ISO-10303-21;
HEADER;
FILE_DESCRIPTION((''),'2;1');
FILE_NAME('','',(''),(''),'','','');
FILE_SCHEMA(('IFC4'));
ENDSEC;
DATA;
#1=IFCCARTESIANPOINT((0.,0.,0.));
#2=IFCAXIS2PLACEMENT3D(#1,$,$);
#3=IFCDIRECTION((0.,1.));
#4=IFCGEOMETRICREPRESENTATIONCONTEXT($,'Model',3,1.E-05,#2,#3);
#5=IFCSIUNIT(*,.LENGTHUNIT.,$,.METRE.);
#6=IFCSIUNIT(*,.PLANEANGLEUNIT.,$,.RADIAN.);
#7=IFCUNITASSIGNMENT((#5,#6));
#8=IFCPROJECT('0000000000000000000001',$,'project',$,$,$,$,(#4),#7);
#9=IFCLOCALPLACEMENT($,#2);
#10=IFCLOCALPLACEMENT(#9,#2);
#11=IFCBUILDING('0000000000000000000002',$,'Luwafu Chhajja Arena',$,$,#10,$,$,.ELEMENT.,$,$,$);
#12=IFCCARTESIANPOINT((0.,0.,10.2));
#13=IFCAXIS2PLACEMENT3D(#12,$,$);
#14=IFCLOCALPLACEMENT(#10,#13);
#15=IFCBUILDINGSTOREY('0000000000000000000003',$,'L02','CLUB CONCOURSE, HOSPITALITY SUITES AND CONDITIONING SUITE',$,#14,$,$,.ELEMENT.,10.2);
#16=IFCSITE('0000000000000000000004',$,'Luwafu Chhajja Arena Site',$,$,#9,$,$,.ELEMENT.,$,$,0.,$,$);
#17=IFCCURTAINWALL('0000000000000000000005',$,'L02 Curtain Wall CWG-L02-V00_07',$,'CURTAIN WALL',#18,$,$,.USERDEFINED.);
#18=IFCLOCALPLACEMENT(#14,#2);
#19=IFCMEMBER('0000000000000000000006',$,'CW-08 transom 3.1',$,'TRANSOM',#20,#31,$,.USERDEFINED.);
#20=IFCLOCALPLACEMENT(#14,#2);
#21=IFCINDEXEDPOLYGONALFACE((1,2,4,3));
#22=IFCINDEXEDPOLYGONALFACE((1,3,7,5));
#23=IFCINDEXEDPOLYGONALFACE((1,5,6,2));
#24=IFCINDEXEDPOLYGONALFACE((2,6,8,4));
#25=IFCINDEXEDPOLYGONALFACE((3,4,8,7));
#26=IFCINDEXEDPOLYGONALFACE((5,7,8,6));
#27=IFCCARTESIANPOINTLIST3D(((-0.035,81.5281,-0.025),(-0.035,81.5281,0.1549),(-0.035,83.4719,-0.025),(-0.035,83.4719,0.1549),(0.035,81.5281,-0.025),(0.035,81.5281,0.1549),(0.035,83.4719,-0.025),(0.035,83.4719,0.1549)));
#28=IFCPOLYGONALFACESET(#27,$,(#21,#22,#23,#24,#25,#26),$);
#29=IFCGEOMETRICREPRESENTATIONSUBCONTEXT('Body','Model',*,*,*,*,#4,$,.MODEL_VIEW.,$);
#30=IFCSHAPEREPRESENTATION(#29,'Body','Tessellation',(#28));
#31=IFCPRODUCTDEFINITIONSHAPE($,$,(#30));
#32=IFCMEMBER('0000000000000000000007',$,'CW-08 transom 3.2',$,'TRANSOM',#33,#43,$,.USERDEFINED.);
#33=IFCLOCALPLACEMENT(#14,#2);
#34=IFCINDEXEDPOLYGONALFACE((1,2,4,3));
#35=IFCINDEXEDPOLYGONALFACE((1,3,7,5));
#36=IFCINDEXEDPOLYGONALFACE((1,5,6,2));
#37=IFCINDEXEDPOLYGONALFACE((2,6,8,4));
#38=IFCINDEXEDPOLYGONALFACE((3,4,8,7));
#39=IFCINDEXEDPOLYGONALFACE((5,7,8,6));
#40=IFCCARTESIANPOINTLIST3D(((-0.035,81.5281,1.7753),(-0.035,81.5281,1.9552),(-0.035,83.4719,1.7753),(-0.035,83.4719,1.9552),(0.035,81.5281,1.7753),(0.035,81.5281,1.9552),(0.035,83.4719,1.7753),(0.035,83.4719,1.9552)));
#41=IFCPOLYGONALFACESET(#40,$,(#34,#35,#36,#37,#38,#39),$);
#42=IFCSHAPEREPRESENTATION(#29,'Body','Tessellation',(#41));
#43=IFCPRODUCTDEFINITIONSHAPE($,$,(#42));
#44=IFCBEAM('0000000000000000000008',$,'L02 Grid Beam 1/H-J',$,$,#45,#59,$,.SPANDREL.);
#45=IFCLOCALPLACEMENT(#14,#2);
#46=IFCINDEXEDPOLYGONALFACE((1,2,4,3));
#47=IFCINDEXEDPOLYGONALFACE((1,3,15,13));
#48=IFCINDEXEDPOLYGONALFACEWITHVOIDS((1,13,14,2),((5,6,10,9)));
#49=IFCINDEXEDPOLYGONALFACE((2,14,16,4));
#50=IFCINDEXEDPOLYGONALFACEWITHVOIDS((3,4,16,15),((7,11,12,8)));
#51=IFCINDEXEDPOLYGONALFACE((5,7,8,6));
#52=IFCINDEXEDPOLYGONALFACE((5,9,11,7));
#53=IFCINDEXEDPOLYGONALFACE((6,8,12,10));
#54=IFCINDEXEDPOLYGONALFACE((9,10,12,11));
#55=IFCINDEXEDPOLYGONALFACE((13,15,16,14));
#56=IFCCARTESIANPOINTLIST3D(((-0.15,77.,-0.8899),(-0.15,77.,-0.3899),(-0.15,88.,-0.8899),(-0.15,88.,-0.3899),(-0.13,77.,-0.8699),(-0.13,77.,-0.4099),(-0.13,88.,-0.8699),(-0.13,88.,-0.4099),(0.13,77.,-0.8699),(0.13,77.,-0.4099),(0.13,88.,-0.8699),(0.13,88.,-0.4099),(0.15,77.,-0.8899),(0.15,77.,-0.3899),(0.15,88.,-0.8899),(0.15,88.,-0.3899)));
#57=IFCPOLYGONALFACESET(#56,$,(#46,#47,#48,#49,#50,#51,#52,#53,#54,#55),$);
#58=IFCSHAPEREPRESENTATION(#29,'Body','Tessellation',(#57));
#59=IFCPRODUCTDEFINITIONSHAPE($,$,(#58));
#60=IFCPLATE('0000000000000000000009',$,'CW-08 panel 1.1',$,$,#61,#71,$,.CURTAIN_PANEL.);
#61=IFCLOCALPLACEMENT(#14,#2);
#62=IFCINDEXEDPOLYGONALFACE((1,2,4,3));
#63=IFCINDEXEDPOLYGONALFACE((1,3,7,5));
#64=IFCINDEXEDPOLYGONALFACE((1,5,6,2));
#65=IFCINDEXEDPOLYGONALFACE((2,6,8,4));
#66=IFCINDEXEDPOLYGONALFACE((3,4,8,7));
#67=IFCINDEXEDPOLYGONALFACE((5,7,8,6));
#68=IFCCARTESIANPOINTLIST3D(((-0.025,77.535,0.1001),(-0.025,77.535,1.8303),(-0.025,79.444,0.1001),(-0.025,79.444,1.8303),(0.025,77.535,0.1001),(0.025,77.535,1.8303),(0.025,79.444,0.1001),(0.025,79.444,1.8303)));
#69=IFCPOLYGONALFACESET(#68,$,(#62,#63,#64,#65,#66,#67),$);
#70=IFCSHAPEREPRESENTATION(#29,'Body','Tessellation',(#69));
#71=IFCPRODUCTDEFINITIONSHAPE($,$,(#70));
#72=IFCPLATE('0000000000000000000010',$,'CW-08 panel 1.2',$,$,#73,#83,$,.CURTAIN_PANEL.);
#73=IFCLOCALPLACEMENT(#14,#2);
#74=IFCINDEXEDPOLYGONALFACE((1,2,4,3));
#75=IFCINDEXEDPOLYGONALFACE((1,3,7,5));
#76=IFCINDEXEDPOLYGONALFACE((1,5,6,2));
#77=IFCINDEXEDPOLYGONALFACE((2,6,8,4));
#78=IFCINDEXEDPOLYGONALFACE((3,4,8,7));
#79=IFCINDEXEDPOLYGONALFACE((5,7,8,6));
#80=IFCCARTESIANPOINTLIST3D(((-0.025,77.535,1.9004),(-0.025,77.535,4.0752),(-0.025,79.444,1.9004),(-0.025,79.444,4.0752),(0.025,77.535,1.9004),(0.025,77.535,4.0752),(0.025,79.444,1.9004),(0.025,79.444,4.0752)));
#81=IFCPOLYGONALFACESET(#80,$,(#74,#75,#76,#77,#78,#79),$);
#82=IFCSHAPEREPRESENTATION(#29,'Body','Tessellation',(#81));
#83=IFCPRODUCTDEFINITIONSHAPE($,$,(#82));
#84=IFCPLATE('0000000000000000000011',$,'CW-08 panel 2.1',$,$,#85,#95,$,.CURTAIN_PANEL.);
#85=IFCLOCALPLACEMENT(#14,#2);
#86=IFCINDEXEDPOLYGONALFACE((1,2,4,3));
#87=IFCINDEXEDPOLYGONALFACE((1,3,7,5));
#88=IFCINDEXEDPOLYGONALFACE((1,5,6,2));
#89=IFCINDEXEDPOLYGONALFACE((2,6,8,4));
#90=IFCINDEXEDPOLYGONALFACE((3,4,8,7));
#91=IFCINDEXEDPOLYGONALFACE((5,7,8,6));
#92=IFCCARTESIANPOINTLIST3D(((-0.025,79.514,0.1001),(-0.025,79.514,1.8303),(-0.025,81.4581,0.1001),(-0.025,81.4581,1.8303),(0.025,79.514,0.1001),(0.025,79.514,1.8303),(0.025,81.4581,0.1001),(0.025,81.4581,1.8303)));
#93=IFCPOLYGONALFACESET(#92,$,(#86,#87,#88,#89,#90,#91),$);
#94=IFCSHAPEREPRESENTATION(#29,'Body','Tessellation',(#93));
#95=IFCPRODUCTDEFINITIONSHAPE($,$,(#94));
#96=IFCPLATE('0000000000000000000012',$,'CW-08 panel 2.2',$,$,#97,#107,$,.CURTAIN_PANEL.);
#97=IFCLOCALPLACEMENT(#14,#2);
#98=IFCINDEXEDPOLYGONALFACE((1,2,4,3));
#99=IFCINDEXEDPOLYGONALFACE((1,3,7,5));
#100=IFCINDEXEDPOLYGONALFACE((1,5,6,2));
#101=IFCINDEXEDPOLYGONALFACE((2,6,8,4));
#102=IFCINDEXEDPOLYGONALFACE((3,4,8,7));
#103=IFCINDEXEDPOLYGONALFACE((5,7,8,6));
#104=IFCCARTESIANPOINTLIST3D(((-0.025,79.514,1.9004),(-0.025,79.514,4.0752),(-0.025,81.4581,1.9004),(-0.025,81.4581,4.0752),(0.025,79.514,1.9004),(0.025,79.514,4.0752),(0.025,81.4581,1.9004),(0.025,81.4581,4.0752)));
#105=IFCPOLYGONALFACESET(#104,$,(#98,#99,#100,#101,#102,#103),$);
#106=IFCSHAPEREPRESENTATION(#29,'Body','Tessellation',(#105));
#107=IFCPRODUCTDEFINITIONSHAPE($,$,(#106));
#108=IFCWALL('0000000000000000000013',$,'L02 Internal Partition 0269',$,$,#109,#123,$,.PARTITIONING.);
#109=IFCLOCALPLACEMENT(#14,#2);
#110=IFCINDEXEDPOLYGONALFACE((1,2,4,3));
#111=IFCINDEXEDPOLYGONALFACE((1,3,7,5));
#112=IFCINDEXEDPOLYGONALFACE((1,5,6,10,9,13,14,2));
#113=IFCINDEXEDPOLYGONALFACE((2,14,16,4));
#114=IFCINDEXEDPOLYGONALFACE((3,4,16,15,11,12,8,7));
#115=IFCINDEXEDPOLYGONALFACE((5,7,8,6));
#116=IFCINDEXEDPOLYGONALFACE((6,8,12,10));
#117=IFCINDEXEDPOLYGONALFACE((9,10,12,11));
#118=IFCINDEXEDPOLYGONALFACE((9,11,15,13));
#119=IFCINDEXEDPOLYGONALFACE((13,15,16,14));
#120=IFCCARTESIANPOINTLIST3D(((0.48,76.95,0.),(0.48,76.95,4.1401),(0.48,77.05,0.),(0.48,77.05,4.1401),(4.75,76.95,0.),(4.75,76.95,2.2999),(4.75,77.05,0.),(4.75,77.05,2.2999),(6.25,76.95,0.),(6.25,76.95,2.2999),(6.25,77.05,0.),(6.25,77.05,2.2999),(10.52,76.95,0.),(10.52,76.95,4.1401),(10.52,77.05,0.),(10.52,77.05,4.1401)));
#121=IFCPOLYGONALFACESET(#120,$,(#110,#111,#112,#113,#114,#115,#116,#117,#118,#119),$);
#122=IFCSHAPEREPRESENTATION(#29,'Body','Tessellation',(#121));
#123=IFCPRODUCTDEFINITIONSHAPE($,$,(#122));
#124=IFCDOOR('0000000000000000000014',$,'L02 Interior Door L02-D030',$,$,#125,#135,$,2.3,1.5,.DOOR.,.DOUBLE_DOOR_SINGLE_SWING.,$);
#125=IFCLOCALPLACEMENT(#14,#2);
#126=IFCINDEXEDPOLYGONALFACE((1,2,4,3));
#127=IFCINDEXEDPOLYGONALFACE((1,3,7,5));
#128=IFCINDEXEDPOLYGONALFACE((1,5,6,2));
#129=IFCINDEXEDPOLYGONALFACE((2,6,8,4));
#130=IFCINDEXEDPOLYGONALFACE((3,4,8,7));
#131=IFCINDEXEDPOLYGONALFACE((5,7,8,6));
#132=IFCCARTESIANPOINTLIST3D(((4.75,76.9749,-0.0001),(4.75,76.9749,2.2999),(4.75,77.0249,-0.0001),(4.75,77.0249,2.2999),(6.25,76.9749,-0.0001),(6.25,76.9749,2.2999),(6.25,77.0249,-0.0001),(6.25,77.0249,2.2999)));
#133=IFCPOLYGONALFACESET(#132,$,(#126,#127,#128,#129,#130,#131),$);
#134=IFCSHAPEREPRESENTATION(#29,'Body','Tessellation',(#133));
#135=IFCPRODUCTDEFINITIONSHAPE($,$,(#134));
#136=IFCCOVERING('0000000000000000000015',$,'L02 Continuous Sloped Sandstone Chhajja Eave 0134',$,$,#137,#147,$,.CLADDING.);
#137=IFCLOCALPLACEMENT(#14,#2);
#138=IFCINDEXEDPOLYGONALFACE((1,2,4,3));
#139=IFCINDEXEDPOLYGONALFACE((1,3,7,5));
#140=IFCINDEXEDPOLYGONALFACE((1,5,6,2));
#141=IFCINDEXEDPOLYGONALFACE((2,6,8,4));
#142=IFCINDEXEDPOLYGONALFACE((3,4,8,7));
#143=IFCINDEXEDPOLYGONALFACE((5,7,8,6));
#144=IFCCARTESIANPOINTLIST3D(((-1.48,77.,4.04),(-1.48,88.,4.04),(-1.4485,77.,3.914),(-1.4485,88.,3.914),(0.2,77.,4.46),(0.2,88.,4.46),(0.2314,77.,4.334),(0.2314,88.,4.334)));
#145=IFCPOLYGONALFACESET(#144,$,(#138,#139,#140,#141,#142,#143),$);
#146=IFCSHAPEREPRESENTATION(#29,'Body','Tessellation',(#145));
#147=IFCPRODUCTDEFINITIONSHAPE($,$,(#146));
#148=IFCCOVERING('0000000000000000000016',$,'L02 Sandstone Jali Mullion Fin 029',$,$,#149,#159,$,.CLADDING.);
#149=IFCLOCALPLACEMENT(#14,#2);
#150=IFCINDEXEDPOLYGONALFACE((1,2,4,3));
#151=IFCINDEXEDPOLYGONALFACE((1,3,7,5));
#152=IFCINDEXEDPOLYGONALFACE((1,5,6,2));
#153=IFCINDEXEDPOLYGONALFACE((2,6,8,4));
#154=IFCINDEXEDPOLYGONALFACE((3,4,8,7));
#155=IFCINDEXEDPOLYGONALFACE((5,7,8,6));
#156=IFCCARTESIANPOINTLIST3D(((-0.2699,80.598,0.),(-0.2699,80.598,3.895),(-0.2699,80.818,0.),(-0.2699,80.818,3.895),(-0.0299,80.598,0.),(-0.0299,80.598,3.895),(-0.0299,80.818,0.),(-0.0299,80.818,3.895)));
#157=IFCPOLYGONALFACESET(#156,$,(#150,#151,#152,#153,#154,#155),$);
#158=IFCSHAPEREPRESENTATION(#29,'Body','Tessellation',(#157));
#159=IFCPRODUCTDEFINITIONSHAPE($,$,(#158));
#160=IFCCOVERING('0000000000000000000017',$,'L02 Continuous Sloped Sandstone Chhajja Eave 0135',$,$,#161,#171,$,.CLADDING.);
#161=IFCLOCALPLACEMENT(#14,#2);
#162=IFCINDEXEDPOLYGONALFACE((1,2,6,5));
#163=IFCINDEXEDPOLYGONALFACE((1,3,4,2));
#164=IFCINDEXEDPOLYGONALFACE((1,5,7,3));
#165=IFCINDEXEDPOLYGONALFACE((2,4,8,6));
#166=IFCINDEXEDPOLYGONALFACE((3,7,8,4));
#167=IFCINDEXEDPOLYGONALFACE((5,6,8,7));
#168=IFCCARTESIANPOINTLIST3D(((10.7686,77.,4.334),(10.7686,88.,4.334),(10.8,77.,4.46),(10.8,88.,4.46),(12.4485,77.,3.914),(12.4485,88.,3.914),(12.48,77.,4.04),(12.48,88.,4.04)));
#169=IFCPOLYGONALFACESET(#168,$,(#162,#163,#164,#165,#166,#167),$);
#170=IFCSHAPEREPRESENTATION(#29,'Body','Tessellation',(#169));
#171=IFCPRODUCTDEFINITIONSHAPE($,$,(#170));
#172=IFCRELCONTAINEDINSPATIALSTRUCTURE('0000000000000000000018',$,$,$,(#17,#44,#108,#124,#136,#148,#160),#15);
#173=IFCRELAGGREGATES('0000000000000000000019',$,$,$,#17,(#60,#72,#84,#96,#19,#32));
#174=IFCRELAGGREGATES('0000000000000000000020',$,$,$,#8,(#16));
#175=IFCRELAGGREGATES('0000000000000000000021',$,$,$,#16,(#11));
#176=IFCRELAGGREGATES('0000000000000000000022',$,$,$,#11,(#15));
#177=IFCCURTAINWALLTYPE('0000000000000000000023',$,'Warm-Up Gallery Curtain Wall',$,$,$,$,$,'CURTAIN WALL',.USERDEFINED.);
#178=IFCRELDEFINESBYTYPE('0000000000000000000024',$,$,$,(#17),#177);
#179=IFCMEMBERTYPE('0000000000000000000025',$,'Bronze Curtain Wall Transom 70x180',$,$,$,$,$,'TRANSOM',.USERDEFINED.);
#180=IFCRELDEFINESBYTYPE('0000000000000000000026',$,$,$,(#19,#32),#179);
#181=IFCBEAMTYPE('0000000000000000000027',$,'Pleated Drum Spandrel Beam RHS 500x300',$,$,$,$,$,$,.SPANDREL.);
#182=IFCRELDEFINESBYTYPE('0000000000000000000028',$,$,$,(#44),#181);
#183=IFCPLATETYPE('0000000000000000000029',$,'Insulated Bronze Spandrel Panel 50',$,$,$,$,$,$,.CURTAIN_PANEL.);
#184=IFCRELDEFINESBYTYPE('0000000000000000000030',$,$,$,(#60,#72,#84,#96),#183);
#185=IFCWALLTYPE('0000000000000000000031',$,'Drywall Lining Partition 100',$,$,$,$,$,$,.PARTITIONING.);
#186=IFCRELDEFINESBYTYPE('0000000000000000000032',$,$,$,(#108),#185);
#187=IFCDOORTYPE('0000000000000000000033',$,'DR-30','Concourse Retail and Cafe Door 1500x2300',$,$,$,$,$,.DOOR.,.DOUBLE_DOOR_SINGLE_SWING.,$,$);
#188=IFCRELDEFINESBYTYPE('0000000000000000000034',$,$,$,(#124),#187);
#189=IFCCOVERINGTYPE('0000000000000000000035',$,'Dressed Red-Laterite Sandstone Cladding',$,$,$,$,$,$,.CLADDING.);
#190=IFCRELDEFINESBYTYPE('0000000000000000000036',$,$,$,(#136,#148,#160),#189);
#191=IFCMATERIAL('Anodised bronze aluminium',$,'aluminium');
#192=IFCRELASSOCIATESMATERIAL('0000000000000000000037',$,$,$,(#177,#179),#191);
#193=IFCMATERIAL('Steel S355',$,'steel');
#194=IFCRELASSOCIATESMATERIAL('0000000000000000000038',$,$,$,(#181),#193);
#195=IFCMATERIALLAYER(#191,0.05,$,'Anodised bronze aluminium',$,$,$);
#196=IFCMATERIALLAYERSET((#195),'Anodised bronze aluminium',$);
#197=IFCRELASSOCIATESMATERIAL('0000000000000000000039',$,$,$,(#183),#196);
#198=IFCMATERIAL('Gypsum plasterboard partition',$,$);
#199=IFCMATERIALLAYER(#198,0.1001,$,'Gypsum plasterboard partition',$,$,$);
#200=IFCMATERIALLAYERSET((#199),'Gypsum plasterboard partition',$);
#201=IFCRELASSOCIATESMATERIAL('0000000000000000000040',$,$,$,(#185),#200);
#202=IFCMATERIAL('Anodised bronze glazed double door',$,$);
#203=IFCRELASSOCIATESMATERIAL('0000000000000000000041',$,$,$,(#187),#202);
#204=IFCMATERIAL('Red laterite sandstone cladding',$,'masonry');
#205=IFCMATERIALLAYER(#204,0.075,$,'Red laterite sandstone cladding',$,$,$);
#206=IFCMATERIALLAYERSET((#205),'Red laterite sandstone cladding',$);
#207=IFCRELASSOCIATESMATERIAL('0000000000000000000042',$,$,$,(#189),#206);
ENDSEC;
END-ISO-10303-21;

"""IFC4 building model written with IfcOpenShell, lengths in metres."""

from ifc_helpers import new_model, si_unit, direction, frame, frame_2d, origin, origin_2d, place, context, subcontext, project, spatial, polyline, rectangle, hollow_rectangle, outline, extrude, material, layer, layer_set, material_profile, profile_set, type_object, element, fill, aggregate, save


model = new_model("IFC4")

# Units and contexts
model_context = context("Model", 3, precision=1e-05, world=origin(), true_north=direction((0.0, 1.0)))
body_context = subcontext(model_context, "Body", "Model", "MODEL_VIEW")
ifc_project = project(units=[si_unit("LENGTHUNIT", "METRE"), si_unit("PLANEANGLEUNIT", "RADIAN")], contexts=[model_context])

# Site, building, storey
site_placement = place(None, origin())
site = spatial("IfcSite", under=ifc_project, at=site_placement, Name="Luwafu Chhajja Arena Site", CompositionType="ELEMENT", RefElevation=0.0)
building_placement = place(site_placement, origin())
building = spatial("IfcBuilding", under=site, at=building_placement, Name="Luwafu Chhajja Arena", CompositionType="ELEMENT")
storey_placement = place(building_placement, frame((0.0, 0.0, 10.2)))
storey = spatial("IfcBuildingStorey", under=building, at=storey_placement, Name="L02", Description="CLUB CONCOURSE, HOSPITALITY SUITES AND CONDITIONING SUITE", CompositionType="ELEMENT", Elevation=10.2)

# Shared definitions
ifc_material_1 = material(Name="Anodised bronze aluminium", Category="aluminium")

# Curtain wall
curtain_wall_type_1 = type_object("IfcCurtainWallType", Name="Warm-Up Gallery Curtain Wall", ElementType="CURTAIN WALL", PredefinedType="USERDEFINED", material=ifc_material_1)
curtain_wall_1_placement = place(storey_placement, origin())
curtain_wall_1 = element("IfcCurtainWall", 1, at=curtain_wall_1_placement, inside=storey, type_object=curtain_wall_type_1, Name="L02 Curtain Wall CWG-L02-V00_07", ObjectType="CURTAIN WALL", PredefinedType="USERDEFINED")

# Members
ifc_material_profile_1 = material_profile(ifc_material_1, rectangle(XDim=0.0701, YDim=0.1799, at=origin_2d()), Name="CWT 70x180")
ifc_profile_set_1 = profile_set([ifc_material_profile_1], Name="Anodised bronze aluminium")
member_type_1 = type_object("IfcMemberType", Name="Bronze Curtain Wall Transom 70x180", ElementType="TRANSOM", PredefinedType="USERDEFINED", material=ifc_profile_set_1)
member_1_placement = place(storey_placement, frame((0.0, 81.5281, 0.0649), z_axis=(0.0, 1.0, 0.0), x_axis=(-1.0, 0.0, 0.0)))
member_1 = element("IfcMember", 2, at=member_1_placement, type_object=member_type_1, Name="CW-08 transom 3.1", ObjectType="TRANSOM", PredefinedType="USERDEFINED", context=body_context, shape_type="SweptSolid", body=[
    extrude(rectangle(XDim=0.0701, YDim=0.1799, at=origin_2d()), origin(), (0.0, 0.0, 1.0), 1.9438),
])
member_2_placement = place(storey_placement, frame((0.0, 81.5281, 1.8652), z_axis=(0.0, 1.0, 0.0), x_axis=(-1.0, 0.0, 0.0)))
member_2 = element("IfcMember", 3, at=member_2_placement, type_object=member_type_1, Name="CW-08 transom 3.2", ObjectType="TRANSOM", PredefinedType="USERDEFINED", context=body_context, shape_type="SweptSolid", body=[
    extrude(rectangle(XDim=0.0701, YDim=0.1799, at=origin_2d()), origin(), (0.0, 0.0, 1.0), 1.9438),
])

# Beam
ifc_material_2 = material(Name="Steel S355", Category="steel")
ifc_material_profile_2 = material_profile(ifc_material_2, hollow_rectangle(XDim=0.3, YDim=0.5, WallThickness=0.02, at=origin_2d()), Name="RHS 500x300x20")
ifc_profile_set_2 = profile_set([ifc_material_profile_2], Name="Steel S355")
beam_type = type_object("IfcBeamType", Name="Pleated Drum Spandrel Beam RHS 500x300", PredefinedType="SPANDREL", material=ifc_profile_set_2)
beam_placement = place(storey_placement, frame((0.0, 77.0, -0.6399), z_axis=(0.0, 1.0, 0.0), x_axis=(-1.0, 0.0, 0.0)))
element("IfcBeam", 4, at=beam_placement, inside=storey, type_object=beam_type, Name="L02 Grid Beam 1/H-J", PredefinedType="SPANDREL", context=body_context, shape_type="SweptSolid", body=[
    extrude(hollow_rectangle(XDim=0.3, YDim=0.5, WallThickness=0.02, at=origin_2d()), origin(), (0.0, 0.0, 1.0), 11.0),
])

# Plates
ifc_layer_1 = layer(ifc_material_1, 0.05, Name="Anodised bronze aluminium")
ifc_layer_set_1 = layer_set([ifc_layer_1], Name="Anodised bronze aluminium")
plate_type = type_object("IfcPlateType", Name="Insulated Bronze Spandrel Panel 50", PredefinedType="CURTAIN_PANEL", material=ifc_layer_set_1)
plate_1_placement = place(storey_placement, frame((0.0, 78.4895, 0.1001), z_axis=(0.0, 0.0, 1.0), x_axis=(0.0, 1.0, 0.0)))
plate_1 = element("IfcPlate", 5, at=plate_1_placement, type_object=plate_type, Name="CW-08 panel 1.1", PredefinedType="CURTAIN_PANEL", context=body_context, shape_type="SweptSolid", body=[
    extrude(rectangle(XDim=1.9089, YDim=0.05, at=origin_2d()), origin(), (0.0, 0.0, 1.0), 1.7302),
])
plate_2_placement = place(storey_placement, frame((0.0, 78.4895, 1.9004), z_axis=(0.0, 0.0, 1.0), x_axis=(0.0, 1.0, 0.0)))
plate_2 = element("IfcPlate", 6, at=plate_2_placement, type_object=plate_type, Name="CW-08 panel 1.2", PredefinedType="CURTAIN_PANEL", context=body_context, shape_type="SweptSolid", body=[
    extrude(rectangle(XDim=1.9089, YDim=0.05, at=origin_2d()), origin(), (0.0, 0.0, 1.0), 2.1748),
])
plate_3_placement = place(storey_placement, frame((0.0, 80.4861, 0.1001), z_axis=(0.0, 0.0, 1.0), x_axis=(0.0, 1.0, 0.0)))
plate_3 = element("IfcPlate", 7, at=plate_3_placement, type_object=plate_type, Name="CW-08 panel 2.1", PredefinedType="CURTAIN_PANEL", context=body_context, shape_type="SweptSolid", body=[
    extrude(rectangle(XDim=1.9441, YDim=0.05, at=origin_2d()), origin(), (0.0, 0.0, 1.0), 1.7302),
])
plate_4_placement = place(storey_placement, frame((0.0, 80.4861, 1.9004), z_axis=(0.0, 0.0, 1.0), x_axis=(0.0, 1.0, 0.0)))
plate_4 = element("IfcPlate", 8, at=plate_4_placement, type_object=plate_type, Name="CW-08 panel 2.2", PredefinedType="CURTAIN_PANEL", context=body_context, shape_type="SweptSolid", body=[
    extrude(rectangle(XDim=1.9441, YDim=0.05, at=origin_2d()), origin(), (0.0, 0.0, 1.0), 2.1748),
])
aggregate(curtain_wall_1, [plate_1, plate_2, plate_3, plate_4, member_1, member_2])

# Wall, opening, door
ifc_material_3 = material(Name="Gypsum plasterboard partition")
ifc_layer_2 = layer(ifc_material_3, 0.1001, Name="Gypsum plasterboard partition")
ifc_layer_set_2 = layer_set([ifc_layer_2], Name="Gypsum plasterboard partition")
wall_type = type_object("IfcWallType", Name="Drywall Lining Partition 100", PredefinedType="PARTITIONING", material=ifc_layer_set_2)
wall_placement = place(storey_placement, frame((0.48, 77.0, 0.0), z_axis=(0.0, 0.0, 1.0), x_axis=(1.0, 0.0, 0.0)))
wall = element("IfcWall", 9, at=wall_placement, inside=storey, type_object=wall_type, Name="L02 Internal Partition 0269", PredefinedType="PARTITIONING", context=body_context, shape_type="SweptSolid", body=[
    extrude(rectangle(XDim=10.04, YDim=0.1001, at=frame_2d((5.02, 0.0))), origin(), (0.0, 0.0, 1.0), 4.1401),
])
opening_placement = place(wall_placement, frame((4.27, 0.0, 0.0)))
opening = element("IfcOpeningElement", 10, at=opening_placement, cuts=wall, PredefinedType="OPENING", context=body_context, shape_type="SweptSolid", body=[
    extrude(rectangle(XDim=1.5, YDim=2.3, at=frame_2d((0.75, 1.1499))), frame((0.0, 0.0601, 0.0), z_axis=(0.0, -1.0, 0.0), x_axis=(1.0, 0.0, 0.0)), (0.0, 0.0, 1.0), 0.1201),
])
ifc_material_4 = material(Name="Anodised bronze glazed double door")
door_type = type_object("IfcDoorType", Name="DR-30", Description="Concourse Retail and Cafe Door 1500x2300", OperationType="DOUBLE_DOOR_SINGLE_SWING", PredefinedType="DOOR", material=ifc_material_4)
door_placement = place(opening_placement, origin())
door = element("IfcDoor", 11, at=door_placement, inside=storey, type_object=door_type, Name="L02 Interior Door L02-D030", OperationType="DOUBLE_DOOR_SINGLE_SWING", OverallHeight=2.3, OverallWidth=1.5, PredefinedType="DOOR", context=body_context, shape_type="SweptSolid", body=[
    extrude(rectangle(XDim=1.5, YDim=2.3, at=frame_2d((0.75, 1.1499))), frame((0.0, 0.0249, 0.0), z_axis=(0.0, -1.0, 0.0), x_axis=(1.0, 0.0, 0.0)), (0.0, 0.0, 1.0), 0.05),
])
fill(opening, door)

# Coverings
ifc_material_5 = material(Name="Red laterite sandstone cladding", Category="masonry")
ifc_layer_3 = layer(ifc_material_5, 0.075, Name="Red laterite sandstone cladding")
ifc_layer_set_3 = layer_set([ifc_layer_3], Name="Red laterite sandstone cladding")
covering_type = type_object("IfcCoveringType", Name="Dressed Red-Laterite Sandstone Cladding", PredefinedType="CLADDING", material=ifc_layer_set_3)
covering_1_placement = place(storey_placement, frame((0.2, 77.0, 4.46), z_axis=(-0.242502, 0.0, 0.970151), x_axis=(0.0, 1.0, 0.0)))
element("IfcCovering", 12, at=covering_1_placement, inside=storey, type_object=covering_type, Name="L02 Continuous Sloped Sandstone Chhajja Eave 0134", PredefinedType="CLADDING", context=body_context, shape_type="SweptSolid", body=[
    extrude(outline(polyline([(0.0, 0.0), (11.0, 0.0), (11.0, 1.7316), (0.0, 1.7316), (0.0, 0.0)])), origin(), (0.0, 0.0, -1.0), 0.1299),
])
covering_2_placement = place(storey_placement, frame((-0.1499, 80.708, 0.0), z_axis=(0.0, 0.0, 1.0), x_axis=(0.0, 1.0, 0.0)))
element("IfcCovering", 13, at=covering_2_placement, inside=storey, type_object=covering_type, Name="L02 Sandstone Jali Mullion Fin 029", PredefinedType="CLADDING", context=body_context, shape_type="SweptSolid", body=[
    extrude(rectangle(XDim=0.22, YDim=0.24, at=origin_2d()), origin(), (0.0, 0.0, 1.0), 3.895),
])
covering_3_placement = place(storey_placement, frame((10.8, 77.0, 4.46), z_axis=(0.242502, 0.0, 0.970151), x_axis=(0.0, 1.0, 0.0)))
element("IfcCovering", 14, at=covering_3_placement, inside=storey, type_object=covering_type, Name="L02 Continuous Sloped Sandstone Chhajja Eave 0135", PredefinedType="CLADDING", context=body_context, shape_type="SweptSolid", body=[
    extrude(outline(polyline([(0.0, 0.0), (11.0, 0.0), (11.0, -1.7316), (0.0, -1.7316), (0.0, 0.0)])), origin(), (0.0, 0.0, -1.0), 0.1299),
])

save(model, "model.ifc")
